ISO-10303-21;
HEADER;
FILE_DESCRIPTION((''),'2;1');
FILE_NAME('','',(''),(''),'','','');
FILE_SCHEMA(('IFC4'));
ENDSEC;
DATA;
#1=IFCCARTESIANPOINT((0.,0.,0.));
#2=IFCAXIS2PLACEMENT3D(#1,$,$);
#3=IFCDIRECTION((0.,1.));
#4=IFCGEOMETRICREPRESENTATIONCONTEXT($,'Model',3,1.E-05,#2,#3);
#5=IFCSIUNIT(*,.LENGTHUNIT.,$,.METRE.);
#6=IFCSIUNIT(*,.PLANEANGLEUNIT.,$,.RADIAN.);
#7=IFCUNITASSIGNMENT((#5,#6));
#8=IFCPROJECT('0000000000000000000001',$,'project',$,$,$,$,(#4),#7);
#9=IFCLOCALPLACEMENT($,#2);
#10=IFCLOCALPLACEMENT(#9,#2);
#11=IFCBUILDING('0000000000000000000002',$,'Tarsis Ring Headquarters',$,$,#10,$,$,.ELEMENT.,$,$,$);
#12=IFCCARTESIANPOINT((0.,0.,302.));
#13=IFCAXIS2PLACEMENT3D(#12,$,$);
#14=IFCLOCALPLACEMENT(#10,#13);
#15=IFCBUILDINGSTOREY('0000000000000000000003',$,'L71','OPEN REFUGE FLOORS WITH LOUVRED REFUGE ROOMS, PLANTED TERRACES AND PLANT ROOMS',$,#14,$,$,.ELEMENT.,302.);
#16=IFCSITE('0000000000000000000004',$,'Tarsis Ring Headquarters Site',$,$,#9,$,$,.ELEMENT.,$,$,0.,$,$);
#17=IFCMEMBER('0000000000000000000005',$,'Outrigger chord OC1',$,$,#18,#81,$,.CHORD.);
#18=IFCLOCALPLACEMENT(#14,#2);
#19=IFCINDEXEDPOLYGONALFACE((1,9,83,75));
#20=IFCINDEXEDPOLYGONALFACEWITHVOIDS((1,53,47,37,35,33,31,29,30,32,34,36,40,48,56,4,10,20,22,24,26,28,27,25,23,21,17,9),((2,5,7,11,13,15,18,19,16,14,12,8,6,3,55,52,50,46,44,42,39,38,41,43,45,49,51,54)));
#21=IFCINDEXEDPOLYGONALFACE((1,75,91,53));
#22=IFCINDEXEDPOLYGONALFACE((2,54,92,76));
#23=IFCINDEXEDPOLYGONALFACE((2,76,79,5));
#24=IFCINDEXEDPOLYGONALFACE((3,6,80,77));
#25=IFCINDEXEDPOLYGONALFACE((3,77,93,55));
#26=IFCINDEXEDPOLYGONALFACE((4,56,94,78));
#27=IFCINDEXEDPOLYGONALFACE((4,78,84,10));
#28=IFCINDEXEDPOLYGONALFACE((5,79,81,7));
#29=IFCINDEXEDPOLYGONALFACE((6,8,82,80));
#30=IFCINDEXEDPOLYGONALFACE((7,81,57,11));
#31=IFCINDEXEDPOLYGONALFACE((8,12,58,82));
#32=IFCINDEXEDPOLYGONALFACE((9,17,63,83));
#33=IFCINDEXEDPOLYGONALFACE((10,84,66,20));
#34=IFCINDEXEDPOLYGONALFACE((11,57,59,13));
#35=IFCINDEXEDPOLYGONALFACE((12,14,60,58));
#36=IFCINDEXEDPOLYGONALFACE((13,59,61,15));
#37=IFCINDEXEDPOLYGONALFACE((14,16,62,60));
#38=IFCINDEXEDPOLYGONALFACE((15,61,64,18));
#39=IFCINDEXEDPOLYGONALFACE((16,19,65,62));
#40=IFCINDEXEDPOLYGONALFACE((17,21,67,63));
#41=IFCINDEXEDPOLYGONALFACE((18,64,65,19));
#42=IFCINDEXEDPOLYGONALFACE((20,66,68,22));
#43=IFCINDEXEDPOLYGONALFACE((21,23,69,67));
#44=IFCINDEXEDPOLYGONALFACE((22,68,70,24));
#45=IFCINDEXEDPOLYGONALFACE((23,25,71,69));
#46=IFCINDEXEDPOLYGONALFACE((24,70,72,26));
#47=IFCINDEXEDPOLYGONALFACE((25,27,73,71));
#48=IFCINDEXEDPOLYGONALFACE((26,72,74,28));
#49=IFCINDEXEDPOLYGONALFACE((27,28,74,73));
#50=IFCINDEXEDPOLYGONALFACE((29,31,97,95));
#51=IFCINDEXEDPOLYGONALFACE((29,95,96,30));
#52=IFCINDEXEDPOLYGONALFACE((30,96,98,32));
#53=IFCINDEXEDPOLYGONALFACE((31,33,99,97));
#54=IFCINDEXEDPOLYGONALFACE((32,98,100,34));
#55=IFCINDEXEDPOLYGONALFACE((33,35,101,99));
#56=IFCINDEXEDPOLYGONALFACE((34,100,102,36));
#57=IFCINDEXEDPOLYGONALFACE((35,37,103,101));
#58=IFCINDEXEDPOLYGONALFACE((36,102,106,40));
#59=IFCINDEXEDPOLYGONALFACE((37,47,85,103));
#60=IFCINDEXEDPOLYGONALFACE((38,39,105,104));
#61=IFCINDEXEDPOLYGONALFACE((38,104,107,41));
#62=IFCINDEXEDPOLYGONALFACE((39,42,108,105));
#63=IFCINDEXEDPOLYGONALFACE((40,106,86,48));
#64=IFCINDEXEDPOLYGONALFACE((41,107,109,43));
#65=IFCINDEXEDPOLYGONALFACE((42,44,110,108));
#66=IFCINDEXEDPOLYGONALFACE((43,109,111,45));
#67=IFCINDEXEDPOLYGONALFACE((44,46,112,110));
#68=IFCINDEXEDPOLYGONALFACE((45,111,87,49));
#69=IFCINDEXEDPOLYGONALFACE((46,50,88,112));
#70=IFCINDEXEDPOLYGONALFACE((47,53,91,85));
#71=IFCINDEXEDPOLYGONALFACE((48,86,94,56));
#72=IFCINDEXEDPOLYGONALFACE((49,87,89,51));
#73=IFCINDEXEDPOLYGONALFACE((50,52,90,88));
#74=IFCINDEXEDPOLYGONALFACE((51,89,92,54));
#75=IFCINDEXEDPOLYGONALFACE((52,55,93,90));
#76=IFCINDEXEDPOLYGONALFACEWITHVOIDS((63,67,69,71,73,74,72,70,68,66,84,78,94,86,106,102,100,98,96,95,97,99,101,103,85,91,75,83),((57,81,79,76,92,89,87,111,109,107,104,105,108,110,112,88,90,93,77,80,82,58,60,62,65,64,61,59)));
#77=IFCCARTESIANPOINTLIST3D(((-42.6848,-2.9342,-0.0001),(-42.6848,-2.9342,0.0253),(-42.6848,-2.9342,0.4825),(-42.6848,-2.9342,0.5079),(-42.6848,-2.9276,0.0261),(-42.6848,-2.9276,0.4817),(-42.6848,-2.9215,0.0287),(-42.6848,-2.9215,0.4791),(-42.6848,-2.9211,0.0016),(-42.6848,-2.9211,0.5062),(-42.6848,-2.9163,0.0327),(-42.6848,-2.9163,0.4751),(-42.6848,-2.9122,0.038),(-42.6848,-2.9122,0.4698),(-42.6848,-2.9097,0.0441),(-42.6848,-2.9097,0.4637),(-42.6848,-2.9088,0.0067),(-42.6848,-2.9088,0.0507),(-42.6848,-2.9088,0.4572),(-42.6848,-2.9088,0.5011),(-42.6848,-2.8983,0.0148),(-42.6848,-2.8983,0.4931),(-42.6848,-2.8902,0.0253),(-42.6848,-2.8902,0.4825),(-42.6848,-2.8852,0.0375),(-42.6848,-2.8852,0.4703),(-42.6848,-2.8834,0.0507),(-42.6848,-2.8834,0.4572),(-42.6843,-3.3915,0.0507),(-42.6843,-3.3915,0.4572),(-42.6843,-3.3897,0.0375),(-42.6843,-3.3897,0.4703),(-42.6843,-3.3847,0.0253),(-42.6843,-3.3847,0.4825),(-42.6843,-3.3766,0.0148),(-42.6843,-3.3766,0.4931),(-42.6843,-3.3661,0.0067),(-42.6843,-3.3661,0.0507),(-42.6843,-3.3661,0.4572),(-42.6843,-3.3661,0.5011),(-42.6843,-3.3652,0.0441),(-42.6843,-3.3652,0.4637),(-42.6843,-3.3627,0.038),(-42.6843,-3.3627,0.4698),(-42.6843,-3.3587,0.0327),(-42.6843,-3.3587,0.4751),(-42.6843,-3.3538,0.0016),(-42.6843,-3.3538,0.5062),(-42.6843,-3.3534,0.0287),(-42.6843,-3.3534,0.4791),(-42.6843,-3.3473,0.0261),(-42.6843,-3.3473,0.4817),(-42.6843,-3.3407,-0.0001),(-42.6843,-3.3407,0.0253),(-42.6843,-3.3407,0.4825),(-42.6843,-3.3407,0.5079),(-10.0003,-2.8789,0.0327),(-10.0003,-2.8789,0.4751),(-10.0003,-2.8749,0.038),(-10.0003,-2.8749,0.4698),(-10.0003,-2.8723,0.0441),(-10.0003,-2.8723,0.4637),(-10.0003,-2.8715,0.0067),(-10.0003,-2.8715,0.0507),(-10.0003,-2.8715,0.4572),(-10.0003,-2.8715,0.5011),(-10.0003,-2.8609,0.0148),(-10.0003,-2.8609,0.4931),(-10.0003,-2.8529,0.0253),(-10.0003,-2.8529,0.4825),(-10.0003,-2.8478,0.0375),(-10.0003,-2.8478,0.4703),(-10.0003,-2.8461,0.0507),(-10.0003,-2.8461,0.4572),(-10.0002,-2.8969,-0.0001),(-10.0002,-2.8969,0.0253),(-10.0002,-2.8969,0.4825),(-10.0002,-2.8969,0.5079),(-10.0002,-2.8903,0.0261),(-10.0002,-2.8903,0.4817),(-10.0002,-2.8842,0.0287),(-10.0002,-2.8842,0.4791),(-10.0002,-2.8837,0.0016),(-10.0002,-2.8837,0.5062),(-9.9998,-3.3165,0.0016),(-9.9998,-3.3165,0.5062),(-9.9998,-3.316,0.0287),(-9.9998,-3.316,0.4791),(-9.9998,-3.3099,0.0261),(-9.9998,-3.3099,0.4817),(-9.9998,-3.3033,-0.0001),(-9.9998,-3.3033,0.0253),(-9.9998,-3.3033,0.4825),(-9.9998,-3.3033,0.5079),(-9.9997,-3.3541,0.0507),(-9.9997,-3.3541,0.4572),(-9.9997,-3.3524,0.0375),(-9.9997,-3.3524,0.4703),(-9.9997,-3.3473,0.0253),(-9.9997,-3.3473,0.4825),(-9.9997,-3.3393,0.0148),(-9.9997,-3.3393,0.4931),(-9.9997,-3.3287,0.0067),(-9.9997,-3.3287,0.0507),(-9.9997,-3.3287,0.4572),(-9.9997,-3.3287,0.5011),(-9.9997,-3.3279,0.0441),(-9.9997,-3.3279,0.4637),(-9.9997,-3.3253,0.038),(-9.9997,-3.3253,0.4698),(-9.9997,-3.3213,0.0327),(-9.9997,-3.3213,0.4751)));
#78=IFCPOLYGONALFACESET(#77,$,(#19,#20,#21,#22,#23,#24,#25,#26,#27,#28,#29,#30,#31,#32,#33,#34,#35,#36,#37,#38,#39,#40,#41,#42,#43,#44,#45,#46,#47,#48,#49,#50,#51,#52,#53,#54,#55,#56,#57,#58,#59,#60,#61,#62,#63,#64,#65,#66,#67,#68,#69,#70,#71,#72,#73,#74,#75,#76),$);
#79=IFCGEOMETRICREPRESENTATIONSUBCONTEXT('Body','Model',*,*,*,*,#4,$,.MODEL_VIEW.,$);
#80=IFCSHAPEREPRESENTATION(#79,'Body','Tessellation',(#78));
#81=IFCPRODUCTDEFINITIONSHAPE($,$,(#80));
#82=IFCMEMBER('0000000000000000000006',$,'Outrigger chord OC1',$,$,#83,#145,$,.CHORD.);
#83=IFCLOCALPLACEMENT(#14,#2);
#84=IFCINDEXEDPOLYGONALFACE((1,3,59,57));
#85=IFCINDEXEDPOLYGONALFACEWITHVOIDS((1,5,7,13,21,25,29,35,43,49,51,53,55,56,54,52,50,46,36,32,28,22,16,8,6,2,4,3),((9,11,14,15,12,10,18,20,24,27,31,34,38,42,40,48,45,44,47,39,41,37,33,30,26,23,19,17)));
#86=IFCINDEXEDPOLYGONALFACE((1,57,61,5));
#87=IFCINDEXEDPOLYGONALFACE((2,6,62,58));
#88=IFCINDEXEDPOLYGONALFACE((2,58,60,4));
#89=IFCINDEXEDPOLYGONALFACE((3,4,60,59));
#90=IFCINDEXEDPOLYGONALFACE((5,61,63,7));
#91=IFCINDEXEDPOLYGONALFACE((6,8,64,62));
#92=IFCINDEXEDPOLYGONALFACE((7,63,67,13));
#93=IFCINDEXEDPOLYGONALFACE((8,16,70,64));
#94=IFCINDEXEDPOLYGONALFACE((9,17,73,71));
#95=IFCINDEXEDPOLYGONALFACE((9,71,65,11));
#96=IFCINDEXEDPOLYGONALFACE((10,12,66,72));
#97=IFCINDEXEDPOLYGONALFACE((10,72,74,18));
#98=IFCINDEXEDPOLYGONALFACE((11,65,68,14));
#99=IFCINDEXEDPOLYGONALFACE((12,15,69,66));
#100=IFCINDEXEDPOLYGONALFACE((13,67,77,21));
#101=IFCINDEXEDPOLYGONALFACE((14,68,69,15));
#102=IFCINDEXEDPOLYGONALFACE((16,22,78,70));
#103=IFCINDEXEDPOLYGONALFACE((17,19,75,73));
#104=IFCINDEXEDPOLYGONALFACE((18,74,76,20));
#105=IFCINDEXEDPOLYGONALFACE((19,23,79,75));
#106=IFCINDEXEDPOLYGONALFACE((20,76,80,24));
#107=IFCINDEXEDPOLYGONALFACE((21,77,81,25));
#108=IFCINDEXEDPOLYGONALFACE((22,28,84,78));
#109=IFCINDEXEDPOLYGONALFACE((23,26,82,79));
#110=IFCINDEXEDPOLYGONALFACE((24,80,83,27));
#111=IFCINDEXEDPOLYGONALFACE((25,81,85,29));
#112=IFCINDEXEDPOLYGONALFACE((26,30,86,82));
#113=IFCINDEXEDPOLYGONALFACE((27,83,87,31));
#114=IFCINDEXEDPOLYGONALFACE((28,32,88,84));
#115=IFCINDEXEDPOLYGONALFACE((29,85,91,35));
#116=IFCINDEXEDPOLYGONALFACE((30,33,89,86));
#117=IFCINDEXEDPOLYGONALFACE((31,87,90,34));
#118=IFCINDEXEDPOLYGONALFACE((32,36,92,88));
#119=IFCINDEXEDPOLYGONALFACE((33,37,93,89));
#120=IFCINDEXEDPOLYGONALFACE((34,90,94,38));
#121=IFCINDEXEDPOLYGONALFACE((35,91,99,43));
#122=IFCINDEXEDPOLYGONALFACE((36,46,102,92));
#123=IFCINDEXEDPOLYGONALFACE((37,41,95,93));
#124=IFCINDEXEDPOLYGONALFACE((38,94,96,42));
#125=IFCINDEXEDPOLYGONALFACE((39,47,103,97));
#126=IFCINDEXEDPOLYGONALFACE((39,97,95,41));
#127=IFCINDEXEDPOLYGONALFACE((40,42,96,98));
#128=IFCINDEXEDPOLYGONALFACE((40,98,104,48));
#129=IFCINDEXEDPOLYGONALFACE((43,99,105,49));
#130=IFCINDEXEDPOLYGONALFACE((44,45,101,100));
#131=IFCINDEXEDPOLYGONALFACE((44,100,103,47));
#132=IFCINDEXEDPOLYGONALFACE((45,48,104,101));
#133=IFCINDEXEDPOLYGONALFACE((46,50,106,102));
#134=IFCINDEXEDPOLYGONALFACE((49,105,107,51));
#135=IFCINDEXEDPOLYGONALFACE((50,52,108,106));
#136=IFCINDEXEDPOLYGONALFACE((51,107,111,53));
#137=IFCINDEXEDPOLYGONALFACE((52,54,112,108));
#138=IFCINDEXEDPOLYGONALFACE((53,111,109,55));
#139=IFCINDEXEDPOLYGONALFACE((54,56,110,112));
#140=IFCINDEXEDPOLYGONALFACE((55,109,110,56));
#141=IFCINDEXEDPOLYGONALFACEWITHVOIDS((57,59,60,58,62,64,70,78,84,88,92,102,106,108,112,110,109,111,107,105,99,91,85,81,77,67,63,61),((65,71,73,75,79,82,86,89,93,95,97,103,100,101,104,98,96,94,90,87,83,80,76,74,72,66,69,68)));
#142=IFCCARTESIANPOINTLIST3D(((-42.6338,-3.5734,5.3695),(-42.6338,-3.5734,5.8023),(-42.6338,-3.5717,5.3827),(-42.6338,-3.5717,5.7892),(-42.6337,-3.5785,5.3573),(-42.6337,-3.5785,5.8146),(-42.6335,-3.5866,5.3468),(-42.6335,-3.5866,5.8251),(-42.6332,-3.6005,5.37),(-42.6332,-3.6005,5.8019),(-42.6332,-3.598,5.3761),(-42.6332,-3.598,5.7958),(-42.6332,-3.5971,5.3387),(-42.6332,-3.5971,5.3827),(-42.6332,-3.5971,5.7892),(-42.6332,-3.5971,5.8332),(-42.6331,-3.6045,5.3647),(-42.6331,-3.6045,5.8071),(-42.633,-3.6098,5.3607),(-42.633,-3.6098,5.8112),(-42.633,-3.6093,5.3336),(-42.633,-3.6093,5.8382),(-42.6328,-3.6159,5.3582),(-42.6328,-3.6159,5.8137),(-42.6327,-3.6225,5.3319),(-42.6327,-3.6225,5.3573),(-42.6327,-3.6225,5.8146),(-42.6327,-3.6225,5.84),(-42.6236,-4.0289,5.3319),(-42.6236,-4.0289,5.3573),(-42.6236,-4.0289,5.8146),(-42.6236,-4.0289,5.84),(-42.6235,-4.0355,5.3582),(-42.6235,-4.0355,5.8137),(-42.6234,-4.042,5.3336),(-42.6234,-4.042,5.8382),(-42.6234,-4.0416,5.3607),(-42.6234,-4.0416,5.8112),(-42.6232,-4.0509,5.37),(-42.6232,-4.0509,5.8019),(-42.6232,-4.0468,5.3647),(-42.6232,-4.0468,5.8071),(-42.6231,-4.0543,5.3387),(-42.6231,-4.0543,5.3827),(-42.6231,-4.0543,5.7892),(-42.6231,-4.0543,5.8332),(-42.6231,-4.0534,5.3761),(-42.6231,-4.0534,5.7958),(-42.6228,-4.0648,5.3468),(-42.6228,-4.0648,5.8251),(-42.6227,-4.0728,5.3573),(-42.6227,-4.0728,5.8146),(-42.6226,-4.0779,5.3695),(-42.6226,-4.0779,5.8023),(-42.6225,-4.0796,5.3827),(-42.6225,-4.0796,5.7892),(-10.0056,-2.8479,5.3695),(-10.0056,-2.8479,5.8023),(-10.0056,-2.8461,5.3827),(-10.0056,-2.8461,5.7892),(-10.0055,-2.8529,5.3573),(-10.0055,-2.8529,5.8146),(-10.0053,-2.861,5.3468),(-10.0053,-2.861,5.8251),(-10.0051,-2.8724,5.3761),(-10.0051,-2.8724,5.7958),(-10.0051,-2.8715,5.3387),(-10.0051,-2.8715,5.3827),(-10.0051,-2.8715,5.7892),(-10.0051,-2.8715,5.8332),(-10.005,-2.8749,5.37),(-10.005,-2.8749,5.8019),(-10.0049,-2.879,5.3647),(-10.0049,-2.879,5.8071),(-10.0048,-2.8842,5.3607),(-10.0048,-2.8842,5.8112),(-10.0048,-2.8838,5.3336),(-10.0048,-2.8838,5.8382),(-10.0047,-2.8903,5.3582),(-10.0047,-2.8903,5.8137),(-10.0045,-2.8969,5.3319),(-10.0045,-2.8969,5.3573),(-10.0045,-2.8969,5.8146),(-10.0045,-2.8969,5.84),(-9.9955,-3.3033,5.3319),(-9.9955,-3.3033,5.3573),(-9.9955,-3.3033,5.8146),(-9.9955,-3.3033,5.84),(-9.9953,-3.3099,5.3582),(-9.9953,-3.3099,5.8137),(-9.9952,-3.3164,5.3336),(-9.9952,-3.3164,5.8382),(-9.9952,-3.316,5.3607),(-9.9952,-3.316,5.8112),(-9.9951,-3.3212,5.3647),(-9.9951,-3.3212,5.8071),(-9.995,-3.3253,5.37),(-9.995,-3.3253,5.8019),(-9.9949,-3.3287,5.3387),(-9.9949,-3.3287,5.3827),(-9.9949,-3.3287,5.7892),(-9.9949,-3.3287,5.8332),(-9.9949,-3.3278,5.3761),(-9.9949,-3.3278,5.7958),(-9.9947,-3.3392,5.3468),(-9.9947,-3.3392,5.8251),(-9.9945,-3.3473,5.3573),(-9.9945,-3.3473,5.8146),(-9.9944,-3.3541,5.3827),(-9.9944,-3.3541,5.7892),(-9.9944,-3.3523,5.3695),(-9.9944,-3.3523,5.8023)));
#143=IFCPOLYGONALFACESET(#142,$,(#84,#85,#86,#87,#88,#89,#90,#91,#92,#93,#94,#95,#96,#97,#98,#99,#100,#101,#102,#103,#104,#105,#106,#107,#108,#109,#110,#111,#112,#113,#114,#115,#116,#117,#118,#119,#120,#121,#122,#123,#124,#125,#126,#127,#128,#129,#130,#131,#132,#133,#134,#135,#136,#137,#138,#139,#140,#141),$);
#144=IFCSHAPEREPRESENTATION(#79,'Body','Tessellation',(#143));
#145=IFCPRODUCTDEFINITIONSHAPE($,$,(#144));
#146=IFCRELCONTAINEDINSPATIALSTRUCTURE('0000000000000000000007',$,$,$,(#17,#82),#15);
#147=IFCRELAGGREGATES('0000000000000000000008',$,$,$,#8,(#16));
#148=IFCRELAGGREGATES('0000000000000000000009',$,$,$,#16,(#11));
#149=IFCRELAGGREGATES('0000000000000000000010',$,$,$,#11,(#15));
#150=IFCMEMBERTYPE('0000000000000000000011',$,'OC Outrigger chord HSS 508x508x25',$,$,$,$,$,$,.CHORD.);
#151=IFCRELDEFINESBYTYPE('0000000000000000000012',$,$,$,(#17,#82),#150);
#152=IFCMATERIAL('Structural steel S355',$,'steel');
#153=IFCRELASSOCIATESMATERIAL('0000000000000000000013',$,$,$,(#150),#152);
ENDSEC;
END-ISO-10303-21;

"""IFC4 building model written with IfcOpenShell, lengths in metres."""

from ifc_helpers import new_model, si_unit, direction, frame, origin, origin_2d, place, context, subcontext, project, spatial, hollow_rectangle, extrude, material, material_profile, profile_set, type_object, element, save


model = new_model("IFC4")

# Units and contexts
model_context = context("Model", 3, precision=1e-05, world=origin(), true_north=direction((0.0, 1.0)))
body_context = subcontext(model_context, "Body", "Model", "MODEL_VIEW")
ifc_project = project(units=[si_unit("LENGTHUNIT", "METRE"), si_unit("PLANEANGLEUNIT", "RADIAN")], contexts=[model_context])

# Site, building, storey
site_placement = place(None, origin())
site = spatial("IfcSite", under=ifc_project, at=site_placement, Name="Tarsis Ring Headquarters Site", CompositionType="ELEMENT", RefElevation=0.0)
building_placement = place(site_placement, origin())
building = spatial("IfcBuilding", under=site, at=building_placement, Name="Tarsis Ring Headquarters", CompositionType="ELEMENT")
storey_placement = place(building_placement, frame((0.0, 0.0, 302.0)))
storey = spatial("IfcBuildingStorey", under=building, at=storey_placement, Name="L71", Description="OPEN REFUGE FLOORS WITH LOUVRED REFUGE ROOMS, PLANTED TERRACES AND PLANT ROOMS", CompositionType="ELEMENT", Elevation=302.0)

# Members
ifc_material_1 = material(Name="Structural steel S355", Category="steel")
ifc_material_profile_1 = material_profile(ifc_material_1, hollow_rectangle(XDim=0.5081, YDim=0.5081, WallThickness=0.0254, InnerFilletRadius=0.0254, OuterFilletRadius=0.0508, at=origin_2d()), Name="HSS 508x508x25")
ifc_profile_set_1 = profile_set([ifc_material_profile_1], Name="Structural steel S355")
member_type_1 = type_object("IfcMemberType", Name="OC Outrigger chord HSS 508x508x25", PredefinedType="CHORD", material=ifc_profile_set_1)
member_1_placement = place(storey_placement, frame((-10.0, -3.1001, 0.2539), z_axis=(-0.999999, -0.001143, 0.0), x_axis=(0.001143, -0.999999, 0.0)))
element("IfcMember", 1, at=member_1_placement, inside=storey, type_object=member_type_1, Name="Outrigger chord OC1", PredefinedType="CHORD", context=body_context, shape_type="SweptSolid", body=[
    extrude(hollow_rectangle(XDim=0.5081, YDim=0.5081, WallThickness=0.0254, InnerFilletRadius=0.0254, OuterFilletRadius=0.0508, at=origin_2d()), origin(), (0.0, 0.0, 1.0), 32.6846),
])
member_2_placement = place(storey_placement, frame((-10.0, -3.1001, 5.5859), z_axis=(-0.999753, -0.022233, 0.0), x_axis=(0.022233, -0.999753, 0.0)))
element("IfcMember", 2, at=member_2_placement, inside=storey, type_object=member_type_1, Name="Outrigger chord OC1", PredefinedType="CHORD", context=body_context, shape_type="SweptSolid", body=[
    extrude(hollow_rectangle(XDim=0.5081, YDim=0.5081, WallThickness=0.0254, InnerFilletRadius=0.0254, OuterFilletRadius=0.0508, at=origin_2d()), origin(), (0.0, 0.0, 1.0), 32.6362),
])

save(model, "model.ifc")
